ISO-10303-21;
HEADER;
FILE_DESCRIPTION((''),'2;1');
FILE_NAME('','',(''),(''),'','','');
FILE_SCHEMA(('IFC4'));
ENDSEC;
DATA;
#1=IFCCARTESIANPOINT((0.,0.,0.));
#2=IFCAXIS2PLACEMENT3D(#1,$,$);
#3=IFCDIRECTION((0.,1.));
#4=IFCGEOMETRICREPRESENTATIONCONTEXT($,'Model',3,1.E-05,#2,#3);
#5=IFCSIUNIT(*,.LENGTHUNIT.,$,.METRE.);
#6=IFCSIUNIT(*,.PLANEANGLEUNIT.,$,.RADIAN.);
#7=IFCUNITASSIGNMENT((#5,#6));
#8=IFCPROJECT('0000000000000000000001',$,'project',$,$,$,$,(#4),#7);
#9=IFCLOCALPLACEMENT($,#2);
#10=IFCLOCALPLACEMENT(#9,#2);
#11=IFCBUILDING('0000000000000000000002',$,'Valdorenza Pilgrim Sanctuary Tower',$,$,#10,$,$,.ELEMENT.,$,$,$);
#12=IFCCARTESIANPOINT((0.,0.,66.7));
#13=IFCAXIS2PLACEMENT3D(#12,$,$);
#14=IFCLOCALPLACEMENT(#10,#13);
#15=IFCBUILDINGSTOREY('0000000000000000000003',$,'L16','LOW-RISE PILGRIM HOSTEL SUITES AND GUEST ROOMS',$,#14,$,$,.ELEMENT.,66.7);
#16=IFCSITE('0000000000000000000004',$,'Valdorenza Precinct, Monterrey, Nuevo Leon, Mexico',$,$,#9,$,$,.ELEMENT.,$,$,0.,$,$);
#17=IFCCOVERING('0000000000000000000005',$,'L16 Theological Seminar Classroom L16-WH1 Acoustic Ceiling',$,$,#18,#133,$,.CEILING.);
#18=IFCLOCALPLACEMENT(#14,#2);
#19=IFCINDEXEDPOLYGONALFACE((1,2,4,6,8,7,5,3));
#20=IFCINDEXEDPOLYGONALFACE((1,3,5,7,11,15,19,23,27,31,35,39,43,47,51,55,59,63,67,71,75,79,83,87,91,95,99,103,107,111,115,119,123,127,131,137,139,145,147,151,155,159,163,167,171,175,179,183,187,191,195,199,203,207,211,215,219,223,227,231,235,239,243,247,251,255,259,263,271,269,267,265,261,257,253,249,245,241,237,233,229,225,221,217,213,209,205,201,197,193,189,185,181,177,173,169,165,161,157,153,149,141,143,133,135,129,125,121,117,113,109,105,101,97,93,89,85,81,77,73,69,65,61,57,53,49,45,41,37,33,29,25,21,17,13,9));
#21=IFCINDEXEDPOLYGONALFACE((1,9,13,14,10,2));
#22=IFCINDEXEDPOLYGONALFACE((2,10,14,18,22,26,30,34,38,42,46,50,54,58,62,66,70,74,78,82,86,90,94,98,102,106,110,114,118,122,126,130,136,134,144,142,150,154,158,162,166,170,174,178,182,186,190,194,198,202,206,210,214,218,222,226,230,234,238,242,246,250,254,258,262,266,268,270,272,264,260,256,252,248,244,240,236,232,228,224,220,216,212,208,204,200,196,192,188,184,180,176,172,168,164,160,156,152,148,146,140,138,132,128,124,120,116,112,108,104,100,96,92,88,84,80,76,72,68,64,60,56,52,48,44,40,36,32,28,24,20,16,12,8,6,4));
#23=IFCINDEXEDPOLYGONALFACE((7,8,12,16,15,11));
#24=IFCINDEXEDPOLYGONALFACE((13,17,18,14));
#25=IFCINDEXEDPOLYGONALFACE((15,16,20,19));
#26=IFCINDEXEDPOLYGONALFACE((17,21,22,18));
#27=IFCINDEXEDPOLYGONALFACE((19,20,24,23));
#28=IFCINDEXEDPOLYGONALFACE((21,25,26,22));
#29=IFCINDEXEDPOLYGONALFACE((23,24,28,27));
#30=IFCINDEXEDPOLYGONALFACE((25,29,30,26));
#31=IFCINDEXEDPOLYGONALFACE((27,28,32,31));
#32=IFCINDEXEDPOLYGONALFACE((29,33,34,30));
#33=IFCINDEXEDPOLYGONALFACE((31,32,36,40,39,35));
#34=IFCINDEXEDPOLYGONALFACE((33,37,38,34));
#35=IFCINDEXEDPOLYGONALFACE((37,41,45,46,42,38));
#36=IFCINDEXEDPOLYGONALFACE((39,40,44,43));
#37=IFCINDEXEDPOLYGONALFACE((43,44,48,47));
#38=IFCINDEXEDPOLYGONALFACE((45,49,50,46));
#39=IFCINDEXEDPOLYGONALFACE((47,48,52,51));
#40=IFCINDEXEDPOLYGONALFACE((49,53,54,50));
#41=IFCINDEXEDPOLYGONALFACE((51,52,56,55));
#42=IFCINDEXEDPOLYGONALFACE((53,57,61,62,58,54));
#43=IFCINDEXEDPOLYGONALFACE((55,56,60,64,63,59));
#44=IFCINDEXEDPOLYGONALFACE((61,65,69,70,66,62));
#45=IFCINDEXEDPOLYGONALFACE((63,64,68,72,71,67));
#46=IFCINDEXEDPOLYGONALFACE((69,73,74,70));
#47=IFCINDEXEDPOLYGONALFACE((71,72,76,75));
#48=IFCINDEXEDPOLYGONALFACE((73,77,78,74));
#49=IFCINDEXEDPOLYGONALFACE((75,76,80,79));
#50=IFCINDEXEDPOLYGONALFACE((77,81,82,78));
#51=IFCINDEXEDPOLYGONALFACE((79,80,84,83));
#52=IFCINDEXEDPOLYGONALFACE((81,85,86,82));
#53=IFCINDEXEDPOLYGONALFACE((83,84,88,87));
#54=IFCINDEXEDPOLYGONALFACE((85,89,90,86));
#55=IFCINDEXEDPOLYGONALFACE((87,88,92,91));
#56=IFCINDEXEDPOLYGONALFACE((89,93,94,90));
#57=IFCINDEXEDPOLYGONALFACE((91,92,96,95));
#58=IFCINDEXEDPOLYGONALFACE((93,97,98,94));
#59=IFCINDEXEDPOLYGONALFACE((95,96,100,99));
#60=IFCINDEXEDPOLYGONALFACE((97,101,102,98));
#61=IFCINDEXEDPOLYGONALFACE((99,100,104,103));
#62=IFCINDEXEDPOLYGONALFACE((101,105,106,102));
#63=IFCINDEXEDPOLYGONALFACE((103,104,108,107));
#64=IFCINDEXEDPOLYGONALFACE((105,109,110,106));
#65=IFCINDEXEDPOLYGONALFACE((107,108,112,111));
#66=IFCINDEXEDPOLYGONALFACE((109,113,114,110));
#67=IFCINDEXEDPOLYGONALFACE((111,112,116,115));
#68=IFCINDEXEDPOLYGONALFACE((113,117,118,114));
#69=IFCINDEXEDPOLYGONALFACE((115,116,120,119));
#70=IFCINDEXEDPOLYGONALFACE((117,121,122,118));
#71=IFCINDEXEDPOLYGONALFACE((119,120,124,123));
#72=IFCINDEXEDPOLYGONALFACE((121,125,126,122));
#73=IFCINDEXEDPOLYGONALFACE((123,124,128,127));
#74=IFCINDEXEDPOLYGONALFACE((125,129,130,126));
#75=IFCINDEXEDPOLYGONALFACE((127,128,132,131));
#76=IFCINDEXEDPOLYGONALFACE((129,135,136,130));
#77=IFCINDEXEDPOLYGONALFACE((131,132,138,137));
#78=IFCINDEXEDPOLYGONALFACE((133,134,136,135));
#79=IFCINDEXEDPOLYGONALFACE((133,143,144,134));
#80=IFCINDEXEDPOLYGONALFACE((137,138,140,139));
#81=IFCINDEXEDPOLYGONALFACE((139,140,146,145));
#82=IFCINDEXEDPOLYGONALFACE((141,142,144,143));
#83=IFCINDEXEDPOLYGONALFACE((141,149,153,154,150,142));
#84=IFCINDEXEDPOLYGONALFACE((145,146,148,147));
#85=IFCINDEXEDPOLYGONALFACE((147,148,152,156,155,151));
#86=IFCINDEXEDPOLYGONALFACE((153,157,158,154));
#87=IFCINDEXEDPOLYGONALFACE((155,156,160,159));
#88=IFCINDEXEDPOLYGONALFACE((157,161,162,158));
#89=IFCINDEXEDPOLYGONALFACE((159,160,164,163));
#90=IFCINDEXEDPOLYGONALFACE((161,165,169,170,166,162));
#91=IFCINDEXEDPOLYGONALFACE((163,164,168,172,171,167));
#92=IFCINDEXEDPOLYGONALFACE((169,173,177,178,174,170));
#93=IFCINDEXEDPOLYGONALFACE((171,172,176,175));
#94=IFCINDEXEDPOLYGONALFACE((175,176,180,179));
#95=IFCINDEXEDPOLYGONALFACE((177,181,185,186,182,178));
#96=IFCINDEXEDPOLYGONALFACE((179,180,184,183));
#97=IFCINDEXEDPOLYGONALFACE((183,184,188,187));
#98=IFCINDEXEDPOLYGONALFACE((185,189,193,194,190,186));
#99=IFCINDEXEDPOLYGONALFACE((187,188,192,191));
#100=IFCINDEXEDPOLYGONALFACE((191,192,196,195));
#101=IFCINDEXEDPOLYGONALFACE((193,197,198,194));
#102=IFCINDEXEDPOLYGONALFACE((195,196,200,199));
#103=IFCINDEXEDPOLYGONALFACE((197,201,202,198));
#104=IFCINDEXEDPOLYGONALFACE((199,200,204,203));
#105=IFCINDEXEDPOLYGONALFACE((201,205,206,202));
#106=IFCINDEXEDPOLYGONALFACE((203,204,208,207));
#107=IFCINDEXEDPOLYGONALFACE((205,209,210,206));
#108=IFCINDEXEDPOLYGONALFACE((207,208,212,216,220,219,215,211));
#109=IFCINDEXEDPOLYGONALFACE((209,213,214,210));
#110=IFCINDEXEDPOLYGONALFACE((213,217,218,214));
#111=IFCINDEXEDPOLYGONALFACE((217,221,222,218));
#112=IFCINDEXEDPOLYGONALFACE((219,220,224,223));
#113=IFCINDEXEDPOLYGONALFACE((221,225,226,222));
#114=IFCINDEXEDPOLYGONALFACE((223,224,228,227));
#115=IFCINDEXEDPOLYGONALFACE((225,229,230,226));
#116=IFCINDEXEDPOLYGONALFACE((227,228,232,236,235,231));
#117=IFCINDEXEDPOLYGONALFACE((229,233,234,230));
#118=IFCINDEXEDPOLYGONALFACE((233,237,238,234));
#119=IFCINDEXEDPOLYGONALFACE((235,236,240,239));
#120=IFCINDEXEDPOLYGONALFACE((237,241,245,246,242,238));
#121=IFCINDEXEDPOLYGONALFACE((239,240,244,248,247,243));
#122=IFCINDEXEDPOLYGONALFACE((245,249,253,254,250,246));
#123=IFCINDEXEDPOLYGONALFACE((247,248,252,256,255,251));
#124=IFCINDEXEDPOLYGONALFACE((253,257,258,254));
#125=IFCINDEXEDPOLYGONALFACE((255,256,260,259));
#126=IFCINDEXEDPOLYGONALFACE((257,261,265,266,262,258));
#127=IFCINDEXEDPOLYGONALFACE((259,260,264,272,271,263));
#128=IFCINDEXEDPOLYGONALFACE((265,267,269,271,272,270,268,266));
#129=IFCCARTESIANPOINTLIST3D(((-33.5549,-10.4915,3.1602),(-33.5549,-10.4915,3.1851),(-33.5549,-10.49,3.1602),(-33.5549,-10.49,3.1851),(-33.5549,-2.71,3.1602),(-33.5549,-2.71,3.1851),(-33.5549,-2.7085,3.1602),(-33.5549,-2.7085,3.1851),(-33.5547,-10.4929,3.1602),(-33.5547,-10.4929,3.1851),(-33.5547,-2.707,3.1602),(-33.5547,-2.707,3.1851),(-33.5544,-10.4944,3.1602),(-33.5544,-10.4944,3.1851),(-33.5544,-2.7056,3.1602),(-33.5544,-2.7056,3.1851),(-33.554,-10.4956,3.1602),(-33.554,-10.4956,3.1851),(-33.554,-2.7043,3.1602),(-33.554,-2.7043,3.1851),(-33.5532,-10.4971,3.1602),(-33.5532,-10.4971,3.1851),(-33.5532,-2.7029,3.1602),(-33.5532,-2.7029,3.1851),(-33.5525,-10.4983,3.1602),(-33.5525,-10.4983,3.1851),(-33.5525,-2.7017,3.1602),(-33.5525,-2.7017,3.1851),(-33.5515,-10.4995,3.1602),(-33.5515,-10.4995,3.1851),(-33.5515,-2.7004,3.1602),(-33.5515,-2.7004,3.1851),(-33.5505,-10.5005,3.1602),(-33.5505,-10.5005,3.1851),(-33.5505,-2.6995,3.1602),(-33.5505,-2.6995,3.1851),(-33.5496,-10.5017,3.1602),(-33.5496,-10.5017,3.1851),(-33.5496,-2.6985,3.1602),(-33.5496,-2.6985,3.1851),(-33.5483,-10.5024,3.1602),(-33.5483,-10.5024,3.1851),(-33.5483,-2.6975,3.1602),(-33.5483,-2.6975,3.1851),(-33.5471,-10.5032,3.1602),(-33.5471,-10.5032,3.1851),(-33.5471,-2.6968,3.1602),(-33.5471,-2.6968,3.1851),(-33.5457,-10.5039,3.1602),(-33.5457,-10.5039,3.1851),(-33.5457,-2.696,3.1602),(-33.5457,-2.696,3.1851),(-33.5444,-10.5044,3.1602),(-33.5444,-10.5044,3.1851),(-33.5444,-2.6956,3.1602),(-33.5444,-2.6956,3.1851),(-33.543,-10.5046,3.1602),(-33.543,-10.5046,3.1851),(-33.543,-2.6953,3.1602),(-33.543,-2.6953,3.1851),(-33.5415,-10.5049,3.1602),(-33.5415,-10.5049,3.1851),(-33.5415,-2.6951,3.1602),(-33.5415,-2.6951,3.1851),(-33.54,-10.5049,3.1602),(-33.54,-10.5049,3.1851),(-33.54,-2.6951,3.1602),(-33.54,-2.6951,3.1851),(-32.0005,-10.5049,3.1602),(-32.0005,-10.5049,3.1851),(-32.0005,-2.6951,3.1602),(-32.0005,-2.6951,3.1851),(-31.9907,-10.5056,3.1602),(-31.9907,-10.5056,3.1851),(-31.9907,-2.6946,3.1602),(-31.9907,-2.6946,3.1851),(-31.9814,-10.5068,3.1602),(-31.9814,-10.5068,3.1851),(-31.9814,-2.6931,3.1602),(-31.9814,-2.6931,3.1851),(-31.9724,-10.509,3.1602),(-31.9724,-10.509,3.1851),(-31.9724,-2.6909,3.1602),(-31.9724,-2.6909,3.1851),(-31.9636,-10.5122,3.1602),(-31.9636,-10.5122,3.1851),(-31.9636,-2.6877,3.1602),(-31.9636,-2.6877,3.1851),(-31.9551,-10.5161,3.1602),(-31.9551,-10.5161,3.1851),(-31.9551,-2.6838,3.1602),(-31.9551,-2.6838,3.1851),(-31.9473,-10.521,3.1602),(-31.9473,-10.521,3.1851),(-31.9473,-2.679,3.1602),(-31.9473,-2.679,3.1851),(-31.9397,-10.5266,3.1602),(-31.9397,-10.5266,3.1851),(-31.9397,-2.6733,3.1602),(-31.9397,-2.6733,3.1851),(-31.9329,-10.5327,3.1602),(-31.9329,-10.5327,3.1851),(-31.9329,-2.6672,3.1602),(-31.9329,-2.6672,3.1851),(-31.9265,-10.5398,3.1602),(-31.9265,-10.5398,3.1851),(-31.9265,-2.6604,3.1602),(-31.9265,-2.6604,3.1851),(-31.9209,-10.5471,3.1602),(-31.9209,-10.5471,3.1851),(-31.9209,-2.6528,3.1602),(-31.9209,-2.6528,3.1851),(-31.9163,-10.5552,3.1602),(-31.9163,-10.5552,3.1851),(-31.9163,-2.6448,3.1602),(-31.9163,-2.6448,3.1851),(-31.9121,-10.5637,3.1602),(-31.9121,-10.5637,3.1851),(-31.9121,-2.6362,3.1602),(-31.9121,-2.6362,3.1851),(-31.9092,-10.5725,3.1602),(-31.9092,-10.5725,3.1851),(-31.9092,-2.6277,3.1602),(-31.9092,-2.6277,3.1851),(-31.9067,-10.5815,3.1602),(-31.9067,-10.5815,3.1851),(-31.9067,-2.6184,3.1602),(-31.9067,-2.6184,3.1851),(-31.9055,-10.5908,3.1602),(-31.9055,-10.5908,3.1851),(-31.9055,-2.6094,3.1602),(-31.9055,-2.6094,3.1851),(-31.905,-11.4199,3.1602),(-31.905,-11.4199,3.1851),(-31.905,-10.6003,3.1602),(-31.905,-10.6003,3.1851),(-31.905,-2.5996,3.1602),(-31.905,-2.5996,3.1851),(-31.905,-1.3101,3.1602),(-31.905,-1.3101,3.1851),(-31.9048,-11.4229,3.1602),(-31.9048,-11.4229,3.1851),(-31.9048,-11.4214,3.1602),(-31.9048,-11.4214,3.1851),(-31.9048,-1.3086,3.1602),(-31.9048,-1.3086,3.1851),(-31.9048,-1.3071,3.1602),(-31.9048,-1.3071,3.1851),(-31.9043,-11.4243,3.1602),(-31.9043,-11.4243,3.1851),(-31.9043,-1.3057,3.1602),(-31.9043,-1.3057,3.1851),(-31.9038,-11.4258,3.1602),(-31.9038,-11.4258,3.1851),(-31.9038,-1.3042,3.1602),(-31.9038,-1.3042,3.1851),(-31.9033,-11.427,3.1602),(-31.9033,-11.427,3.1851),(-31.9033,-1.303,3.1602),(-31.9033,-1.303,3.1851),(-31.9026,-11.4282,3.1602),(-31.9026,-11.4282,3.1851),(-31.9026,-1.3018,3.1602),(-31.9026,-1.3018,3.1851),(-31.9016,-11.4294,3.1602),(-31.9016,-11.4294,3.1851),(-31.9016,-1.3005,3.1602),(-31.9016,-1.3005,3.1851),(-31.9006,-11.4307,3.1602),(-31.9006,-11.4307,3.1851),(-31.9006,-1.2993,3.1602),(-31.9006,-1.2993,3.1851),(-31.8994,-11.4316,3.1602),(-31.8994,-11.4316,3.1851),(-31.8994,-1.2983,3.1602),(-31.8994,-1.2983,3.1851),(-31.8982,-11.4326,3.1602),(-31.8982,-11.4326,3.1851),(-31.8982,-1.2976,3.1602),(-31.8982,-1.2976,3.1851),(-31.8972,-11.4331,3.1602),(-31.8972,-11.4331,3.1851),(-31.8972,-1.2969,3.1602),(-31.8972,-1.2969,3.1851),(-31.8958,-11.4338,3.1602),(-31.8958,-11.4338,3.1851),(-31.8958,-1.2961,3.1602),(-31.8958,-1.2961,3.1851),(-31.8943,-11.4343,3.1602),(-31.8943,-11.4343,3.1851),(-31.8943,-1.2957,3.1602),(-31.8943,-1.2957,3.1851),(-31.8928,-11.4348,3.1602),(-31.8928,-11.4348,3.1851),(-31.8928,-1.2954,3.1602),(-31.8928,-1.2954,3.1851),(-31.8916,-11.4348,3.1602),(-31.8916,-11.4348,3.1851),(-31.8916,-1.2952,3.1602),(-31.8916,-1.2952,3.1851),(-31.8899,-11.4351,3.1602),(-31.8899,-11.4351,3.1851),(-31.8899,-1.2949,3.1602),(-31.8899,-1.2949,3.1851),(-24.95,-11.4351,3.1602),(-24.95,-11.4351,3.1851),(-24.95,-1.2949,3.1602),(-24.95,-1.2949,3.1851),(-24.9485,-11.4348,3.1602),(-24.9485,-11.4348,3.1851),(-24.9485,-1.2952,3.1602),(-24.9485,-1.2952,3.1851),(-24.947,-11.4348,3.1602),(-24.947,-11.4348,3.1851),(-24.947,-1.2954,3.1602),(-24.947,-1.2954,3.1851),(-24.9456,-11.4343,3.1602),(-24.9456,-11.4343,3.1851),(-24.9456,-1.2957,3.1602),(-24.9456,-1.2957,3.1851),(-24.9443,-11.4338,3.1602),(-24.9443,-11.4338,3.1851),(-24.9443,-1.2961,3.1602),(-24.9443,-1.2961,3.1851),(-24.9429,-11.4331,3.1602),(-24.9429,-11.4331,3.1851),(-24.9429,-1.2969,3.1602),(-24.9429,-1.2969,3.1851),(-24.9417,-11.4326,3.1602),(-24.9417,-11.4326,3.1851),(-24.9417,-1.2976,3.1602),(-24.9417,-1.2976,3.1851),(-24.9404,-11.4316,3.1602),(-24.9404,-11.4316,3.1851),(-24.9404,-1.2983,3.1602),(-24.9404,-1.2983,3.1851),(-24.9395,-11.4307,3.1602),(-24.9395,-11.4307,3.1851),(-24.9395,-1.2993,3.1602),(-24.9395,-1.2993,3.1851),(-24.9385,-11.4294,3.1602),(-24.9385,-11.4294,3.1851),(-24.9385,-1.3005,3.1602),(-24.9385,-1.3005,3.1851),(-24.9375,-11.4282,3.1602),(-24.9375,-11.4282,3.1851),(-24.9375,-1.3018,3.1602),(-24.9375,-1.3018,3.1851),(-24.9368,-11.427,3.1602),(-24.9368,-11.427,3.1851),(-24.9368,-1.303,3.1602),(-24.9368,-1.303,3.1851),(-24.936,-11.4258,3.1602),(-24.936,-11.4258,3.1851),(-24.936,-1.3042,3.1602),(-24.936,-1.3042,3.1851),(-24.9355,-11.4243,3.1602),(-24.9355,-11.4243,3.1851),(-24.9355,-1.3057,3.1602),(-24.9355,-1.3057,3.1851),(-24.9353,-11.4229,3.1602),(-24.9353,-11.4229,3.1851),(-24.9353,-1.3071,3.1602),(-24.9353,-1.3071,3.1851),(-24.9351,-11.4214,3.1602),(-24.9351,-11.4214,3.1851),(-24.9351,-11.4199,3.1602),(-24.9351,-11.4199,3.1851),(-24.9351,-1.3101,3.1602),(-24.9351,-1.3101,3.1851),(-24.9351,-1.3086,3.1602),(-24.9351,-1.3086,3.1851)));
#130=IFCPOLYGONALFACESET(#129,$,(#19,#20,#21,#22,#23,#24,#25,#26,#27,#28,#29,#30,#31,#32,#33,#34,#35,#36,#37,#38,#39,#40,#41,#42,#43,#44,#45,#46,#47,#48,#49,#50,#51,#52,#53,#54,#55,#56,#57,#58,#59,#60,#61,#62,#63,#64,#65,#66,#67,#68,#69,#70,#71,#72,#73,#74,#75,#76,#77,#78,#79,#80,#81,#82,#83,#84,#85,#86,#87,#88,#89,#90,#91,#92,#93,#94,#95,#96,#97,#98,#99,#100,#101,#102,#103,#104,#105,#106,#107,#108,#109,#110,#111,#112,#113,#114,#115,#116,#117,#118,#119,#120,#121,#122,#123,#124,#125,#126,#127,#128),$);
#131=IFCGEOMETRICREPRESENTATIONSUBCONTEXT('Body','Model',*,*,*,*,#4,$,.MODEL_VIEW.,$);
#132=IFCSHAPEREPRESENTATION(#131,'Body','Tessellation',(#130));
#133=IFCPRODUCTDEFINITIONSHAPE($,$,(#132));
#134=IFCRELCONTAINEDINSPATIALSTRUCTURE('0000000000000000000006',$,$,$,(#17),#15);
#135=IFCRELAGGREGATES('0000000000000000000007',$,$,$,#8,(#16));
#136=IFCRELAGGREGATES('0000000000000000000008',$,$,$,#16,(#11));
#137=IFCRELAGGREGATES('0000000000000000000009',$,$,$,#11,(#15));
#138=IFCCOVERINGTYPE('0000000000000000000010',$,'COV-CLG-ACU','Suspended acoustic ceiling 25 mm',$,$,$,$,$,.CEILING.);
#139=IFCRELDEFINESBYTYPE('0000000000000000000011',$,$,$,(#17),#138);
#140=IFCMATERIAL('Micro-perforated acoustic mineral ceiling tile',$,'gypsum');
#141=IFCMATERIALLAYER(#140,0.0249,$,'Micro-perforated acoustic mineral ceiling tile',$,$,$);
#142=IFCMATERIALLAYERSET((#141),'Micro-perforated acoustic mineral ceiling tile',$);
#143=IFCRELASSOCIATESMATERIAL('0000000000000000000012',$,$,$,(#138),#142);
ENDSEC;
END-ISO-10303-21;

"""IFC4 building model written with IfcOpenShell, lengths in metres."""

from ifc_helpers import new_model, si_unit, direction, frame, origin, place, context, subcontext, project, spatial, polyline, outline, extrude, material, layer, layer_set, type_object, element, save


model = new_model("IFC4")

# Units and contexts
model_context = context("Model", 3, precision=1e-05, world=origin(), true_north=direction((0.0, 1.0)))
body_context = subcontext(model_context, "Body", "Model", "MODEL_VIEW")
ifc_project = project(units=[si_unit("LENGTHUNIT", "METRE"), si_unit("PLANEANGLEUNIT", "RADIAN")], contexts=[model_context])

# Site, building, storey
site_placement = place(None, origin())
site = spatial("IfcSite", under=ifc_project, at=site_placement, Name="Valdorenza Precinct, Monterrey, Nuevo Leon, Mexico", CompositionType="ELEMENT", RefElevation=0.0)
building_placement = place(site_placement, origin())
building = spatial("IfcBuilding", under=site, at=building_placement, Name="Valdorenza Pilgrim Sanctuary Tower", CompositionType="ELEMENT")
storey_placement = place(building_placement, frame((0.0, 0.0, 66.7)))
storey = spatial("IfcBuildingStorey", under=building, at=storey_placement, Name="L16", Description="LOW-RISE PILGRIM HOSTEL SUITES AND GUEST ROOMS", CompositionType="ELEMENT", Elevation=66.7)

# Covering
ifc_material_1 = material(Name="Micro-perforated acoustic mineral ceiling tile", Category="gypsum")
ifc_layer_1 = layer(ifc_material_1, 0.0249, Name="Micro-perforated acoustic mineral ceiling tile")
ifc_layer_set_1 = layer_set([ifc_layer_1], Name="Micro-perforated acoustic mineral ceiling tile")
covering_type_1 = type_object("IfcCoveringType", Name="COV-CLG-ACU", Description="Suspended acoustic ceiling 25 mm", PredefinedType="CEILING", material=ifc_layer_set_1)
covering_1_placement = place(storey_placement, frame((0.0, 0.0, 3.1602)))
element("IfcCovering", 1, at=covering_1_placement, inside=storey, type_object=covering_type_1, Name="L16 Theological Seminar Classroom L16-WH1 Acoustic Ceiling", PredefinedType="CEILING", context=body_context, shape_type="SweptSolid", body=[
    extrude(outline(polyline([(-24.9351, -11.4199), (-24.9351, -11.4214), (-24.9353, -11.4229), (-24.9355, -11.4243), (-24.936, -11.4258), (-24.9368, -11.427), (-24.9375, -11.4282), (-24.9385, -11.4294), (-24.9395, -11.4307), (-24.9404, -11.4316), (-24.9417, -11.4326), (-24.9429, -11.4331), (-24.9443, -11.4338), (-24.9456, -11.4343), (-24.947, -11.4348), (-24.9485, -11.4348), (-24.95, -11.4351), (-31.8899, -11.4351), (-31.8916, -11.4348), (-31.8928, -11.4348), (-31.8943, -11.4343), (-31.8958, -11.4338), (-31.8972, -11.4331), (-31.8982, -11.4326), (-31.8994, -11.4316), (-31.9006, -11.4307), (-31.9016, -11.4294), (-31.9026, -11.4282), (-31.9033, -11.427), (-31.9038, -11.4258), (-31.9043, -11.4243), (-31.9048, -11.4229), (-31.9048, -11.4214), (-31.905, -11.4199), (-31.905, -10.6003), (-31.9055, -10.5908), (-31.9067, -10.5815), (-31.9092, -10.5725), (-31.9121, -10.5637), (-31.9163, -10.5552), (-31.9209, -10.5471), (-31.9265, -10.5398), (-31.9329, -10.5327), (-31.9397, -10.5266), (-31.9473, -10.521), (-31.9551, -10.5161), (-31.9636, -10.5122), (-31.9724, -10.509), (-31.9814, -10.5068), (-31.9907, -10.5056), (-32.0005, -10.5049), (-33.54, -10.5049), (-33.5415, -10.5049), (-33.543, -10.5046), (-33.5444, -10.5044), (-33.5457, -10.5039), (-33.5471, -10.5032), (-33.5483, -10.5024), (-33.5496, -10.5017), (-33.5505, -10.5005), (-33.5515, -10.4995), (-33.5525, -10.4983), (-33.5532, -10.4971), (-33.554, -10.4956), (-33.5544, -10.4944), (-33.5547, -10.4929), (-33.5549, -10.4915), (-33.5549, -10.49), (-33.5549, -2.71), (-33.5549, -2.7085), (-33.5547, -2.707), (-33.5544, -2.7056), (-33.554, -2.7043), (-33.5532, -2.7029), (-33.5525, -2.7017), (-33.5515, -2.7004), (-33.5505, -2.6995), (-33.5496, -2.6985), (-33.5483, -2.6975), (-33.5471, -2.6968), (-33.5457, -2.696), (-33.5444, -2.6956), (-33.543, -2.6953), (-33.5415, -2.6951), (-33.54, -2.6951), (-32.0005, -2.6951), (-31.9907, -2.6946), (-31.9814, -2.6931), (-31.9724, -2.6909), (-31.9636, -2.6877), (-31.9551, -2.6838), (-31.9473, -2.679), (-31.9397, -2.6733), (-31.9329, -2.6672), (-31.9265, -2.6604), (-31.9209, -2.6528), (-31.9163, -2.6448), (-31.9121, -2.6362), (-31.9092, -2.6277), (-31.9067, -2.6184), (-31.9055, -2.6094), (-31.905, -2.5996), (-31.905, -1.3101), (-31.9048, -1.3086), (-31.9048, -1.3071), (-31.9043, -1.3057), (-31.9038, -1.3042), (-31.9033, -1.303), (-31.9026, -1.3018), (-31.9016, -1.3005), (-31.9006, -1.2993), (-31.8994, -1.2983), (-31.8982, -1.2976), (-31.8972, -1.2969), (-31.8958, -1.2961), (-31.8943, -1.2957), (-31.8928, -1.2954), (-31.8916, -1.2952), (-31.8899, -1.2949), (-24.95, -1.2949), (-24.9485, -1.2952), (-24.947, -1.2954), (-24.9456, -1.2957), (-24.9443, -1.2961), (-24.9429, -1.2969), (-24.9417, -1.2976), (-24.9404, -1.2983), (-24.9395, -1.2993), (-24.9385, -1.3005), (-24.9375, -1.3018), (-24.9368, -1.303), (-24.936, -1.3042), (-24.9355, -1.3057), (-24.9353, -1.3071), (-24.9351, -1.3086), (-24.9351, -1.3101), (-24.9351, -11.4199)])), origin(), (0.0, 0.0, 1.0), 0.0249),
])

save(model, "model.ifc")
